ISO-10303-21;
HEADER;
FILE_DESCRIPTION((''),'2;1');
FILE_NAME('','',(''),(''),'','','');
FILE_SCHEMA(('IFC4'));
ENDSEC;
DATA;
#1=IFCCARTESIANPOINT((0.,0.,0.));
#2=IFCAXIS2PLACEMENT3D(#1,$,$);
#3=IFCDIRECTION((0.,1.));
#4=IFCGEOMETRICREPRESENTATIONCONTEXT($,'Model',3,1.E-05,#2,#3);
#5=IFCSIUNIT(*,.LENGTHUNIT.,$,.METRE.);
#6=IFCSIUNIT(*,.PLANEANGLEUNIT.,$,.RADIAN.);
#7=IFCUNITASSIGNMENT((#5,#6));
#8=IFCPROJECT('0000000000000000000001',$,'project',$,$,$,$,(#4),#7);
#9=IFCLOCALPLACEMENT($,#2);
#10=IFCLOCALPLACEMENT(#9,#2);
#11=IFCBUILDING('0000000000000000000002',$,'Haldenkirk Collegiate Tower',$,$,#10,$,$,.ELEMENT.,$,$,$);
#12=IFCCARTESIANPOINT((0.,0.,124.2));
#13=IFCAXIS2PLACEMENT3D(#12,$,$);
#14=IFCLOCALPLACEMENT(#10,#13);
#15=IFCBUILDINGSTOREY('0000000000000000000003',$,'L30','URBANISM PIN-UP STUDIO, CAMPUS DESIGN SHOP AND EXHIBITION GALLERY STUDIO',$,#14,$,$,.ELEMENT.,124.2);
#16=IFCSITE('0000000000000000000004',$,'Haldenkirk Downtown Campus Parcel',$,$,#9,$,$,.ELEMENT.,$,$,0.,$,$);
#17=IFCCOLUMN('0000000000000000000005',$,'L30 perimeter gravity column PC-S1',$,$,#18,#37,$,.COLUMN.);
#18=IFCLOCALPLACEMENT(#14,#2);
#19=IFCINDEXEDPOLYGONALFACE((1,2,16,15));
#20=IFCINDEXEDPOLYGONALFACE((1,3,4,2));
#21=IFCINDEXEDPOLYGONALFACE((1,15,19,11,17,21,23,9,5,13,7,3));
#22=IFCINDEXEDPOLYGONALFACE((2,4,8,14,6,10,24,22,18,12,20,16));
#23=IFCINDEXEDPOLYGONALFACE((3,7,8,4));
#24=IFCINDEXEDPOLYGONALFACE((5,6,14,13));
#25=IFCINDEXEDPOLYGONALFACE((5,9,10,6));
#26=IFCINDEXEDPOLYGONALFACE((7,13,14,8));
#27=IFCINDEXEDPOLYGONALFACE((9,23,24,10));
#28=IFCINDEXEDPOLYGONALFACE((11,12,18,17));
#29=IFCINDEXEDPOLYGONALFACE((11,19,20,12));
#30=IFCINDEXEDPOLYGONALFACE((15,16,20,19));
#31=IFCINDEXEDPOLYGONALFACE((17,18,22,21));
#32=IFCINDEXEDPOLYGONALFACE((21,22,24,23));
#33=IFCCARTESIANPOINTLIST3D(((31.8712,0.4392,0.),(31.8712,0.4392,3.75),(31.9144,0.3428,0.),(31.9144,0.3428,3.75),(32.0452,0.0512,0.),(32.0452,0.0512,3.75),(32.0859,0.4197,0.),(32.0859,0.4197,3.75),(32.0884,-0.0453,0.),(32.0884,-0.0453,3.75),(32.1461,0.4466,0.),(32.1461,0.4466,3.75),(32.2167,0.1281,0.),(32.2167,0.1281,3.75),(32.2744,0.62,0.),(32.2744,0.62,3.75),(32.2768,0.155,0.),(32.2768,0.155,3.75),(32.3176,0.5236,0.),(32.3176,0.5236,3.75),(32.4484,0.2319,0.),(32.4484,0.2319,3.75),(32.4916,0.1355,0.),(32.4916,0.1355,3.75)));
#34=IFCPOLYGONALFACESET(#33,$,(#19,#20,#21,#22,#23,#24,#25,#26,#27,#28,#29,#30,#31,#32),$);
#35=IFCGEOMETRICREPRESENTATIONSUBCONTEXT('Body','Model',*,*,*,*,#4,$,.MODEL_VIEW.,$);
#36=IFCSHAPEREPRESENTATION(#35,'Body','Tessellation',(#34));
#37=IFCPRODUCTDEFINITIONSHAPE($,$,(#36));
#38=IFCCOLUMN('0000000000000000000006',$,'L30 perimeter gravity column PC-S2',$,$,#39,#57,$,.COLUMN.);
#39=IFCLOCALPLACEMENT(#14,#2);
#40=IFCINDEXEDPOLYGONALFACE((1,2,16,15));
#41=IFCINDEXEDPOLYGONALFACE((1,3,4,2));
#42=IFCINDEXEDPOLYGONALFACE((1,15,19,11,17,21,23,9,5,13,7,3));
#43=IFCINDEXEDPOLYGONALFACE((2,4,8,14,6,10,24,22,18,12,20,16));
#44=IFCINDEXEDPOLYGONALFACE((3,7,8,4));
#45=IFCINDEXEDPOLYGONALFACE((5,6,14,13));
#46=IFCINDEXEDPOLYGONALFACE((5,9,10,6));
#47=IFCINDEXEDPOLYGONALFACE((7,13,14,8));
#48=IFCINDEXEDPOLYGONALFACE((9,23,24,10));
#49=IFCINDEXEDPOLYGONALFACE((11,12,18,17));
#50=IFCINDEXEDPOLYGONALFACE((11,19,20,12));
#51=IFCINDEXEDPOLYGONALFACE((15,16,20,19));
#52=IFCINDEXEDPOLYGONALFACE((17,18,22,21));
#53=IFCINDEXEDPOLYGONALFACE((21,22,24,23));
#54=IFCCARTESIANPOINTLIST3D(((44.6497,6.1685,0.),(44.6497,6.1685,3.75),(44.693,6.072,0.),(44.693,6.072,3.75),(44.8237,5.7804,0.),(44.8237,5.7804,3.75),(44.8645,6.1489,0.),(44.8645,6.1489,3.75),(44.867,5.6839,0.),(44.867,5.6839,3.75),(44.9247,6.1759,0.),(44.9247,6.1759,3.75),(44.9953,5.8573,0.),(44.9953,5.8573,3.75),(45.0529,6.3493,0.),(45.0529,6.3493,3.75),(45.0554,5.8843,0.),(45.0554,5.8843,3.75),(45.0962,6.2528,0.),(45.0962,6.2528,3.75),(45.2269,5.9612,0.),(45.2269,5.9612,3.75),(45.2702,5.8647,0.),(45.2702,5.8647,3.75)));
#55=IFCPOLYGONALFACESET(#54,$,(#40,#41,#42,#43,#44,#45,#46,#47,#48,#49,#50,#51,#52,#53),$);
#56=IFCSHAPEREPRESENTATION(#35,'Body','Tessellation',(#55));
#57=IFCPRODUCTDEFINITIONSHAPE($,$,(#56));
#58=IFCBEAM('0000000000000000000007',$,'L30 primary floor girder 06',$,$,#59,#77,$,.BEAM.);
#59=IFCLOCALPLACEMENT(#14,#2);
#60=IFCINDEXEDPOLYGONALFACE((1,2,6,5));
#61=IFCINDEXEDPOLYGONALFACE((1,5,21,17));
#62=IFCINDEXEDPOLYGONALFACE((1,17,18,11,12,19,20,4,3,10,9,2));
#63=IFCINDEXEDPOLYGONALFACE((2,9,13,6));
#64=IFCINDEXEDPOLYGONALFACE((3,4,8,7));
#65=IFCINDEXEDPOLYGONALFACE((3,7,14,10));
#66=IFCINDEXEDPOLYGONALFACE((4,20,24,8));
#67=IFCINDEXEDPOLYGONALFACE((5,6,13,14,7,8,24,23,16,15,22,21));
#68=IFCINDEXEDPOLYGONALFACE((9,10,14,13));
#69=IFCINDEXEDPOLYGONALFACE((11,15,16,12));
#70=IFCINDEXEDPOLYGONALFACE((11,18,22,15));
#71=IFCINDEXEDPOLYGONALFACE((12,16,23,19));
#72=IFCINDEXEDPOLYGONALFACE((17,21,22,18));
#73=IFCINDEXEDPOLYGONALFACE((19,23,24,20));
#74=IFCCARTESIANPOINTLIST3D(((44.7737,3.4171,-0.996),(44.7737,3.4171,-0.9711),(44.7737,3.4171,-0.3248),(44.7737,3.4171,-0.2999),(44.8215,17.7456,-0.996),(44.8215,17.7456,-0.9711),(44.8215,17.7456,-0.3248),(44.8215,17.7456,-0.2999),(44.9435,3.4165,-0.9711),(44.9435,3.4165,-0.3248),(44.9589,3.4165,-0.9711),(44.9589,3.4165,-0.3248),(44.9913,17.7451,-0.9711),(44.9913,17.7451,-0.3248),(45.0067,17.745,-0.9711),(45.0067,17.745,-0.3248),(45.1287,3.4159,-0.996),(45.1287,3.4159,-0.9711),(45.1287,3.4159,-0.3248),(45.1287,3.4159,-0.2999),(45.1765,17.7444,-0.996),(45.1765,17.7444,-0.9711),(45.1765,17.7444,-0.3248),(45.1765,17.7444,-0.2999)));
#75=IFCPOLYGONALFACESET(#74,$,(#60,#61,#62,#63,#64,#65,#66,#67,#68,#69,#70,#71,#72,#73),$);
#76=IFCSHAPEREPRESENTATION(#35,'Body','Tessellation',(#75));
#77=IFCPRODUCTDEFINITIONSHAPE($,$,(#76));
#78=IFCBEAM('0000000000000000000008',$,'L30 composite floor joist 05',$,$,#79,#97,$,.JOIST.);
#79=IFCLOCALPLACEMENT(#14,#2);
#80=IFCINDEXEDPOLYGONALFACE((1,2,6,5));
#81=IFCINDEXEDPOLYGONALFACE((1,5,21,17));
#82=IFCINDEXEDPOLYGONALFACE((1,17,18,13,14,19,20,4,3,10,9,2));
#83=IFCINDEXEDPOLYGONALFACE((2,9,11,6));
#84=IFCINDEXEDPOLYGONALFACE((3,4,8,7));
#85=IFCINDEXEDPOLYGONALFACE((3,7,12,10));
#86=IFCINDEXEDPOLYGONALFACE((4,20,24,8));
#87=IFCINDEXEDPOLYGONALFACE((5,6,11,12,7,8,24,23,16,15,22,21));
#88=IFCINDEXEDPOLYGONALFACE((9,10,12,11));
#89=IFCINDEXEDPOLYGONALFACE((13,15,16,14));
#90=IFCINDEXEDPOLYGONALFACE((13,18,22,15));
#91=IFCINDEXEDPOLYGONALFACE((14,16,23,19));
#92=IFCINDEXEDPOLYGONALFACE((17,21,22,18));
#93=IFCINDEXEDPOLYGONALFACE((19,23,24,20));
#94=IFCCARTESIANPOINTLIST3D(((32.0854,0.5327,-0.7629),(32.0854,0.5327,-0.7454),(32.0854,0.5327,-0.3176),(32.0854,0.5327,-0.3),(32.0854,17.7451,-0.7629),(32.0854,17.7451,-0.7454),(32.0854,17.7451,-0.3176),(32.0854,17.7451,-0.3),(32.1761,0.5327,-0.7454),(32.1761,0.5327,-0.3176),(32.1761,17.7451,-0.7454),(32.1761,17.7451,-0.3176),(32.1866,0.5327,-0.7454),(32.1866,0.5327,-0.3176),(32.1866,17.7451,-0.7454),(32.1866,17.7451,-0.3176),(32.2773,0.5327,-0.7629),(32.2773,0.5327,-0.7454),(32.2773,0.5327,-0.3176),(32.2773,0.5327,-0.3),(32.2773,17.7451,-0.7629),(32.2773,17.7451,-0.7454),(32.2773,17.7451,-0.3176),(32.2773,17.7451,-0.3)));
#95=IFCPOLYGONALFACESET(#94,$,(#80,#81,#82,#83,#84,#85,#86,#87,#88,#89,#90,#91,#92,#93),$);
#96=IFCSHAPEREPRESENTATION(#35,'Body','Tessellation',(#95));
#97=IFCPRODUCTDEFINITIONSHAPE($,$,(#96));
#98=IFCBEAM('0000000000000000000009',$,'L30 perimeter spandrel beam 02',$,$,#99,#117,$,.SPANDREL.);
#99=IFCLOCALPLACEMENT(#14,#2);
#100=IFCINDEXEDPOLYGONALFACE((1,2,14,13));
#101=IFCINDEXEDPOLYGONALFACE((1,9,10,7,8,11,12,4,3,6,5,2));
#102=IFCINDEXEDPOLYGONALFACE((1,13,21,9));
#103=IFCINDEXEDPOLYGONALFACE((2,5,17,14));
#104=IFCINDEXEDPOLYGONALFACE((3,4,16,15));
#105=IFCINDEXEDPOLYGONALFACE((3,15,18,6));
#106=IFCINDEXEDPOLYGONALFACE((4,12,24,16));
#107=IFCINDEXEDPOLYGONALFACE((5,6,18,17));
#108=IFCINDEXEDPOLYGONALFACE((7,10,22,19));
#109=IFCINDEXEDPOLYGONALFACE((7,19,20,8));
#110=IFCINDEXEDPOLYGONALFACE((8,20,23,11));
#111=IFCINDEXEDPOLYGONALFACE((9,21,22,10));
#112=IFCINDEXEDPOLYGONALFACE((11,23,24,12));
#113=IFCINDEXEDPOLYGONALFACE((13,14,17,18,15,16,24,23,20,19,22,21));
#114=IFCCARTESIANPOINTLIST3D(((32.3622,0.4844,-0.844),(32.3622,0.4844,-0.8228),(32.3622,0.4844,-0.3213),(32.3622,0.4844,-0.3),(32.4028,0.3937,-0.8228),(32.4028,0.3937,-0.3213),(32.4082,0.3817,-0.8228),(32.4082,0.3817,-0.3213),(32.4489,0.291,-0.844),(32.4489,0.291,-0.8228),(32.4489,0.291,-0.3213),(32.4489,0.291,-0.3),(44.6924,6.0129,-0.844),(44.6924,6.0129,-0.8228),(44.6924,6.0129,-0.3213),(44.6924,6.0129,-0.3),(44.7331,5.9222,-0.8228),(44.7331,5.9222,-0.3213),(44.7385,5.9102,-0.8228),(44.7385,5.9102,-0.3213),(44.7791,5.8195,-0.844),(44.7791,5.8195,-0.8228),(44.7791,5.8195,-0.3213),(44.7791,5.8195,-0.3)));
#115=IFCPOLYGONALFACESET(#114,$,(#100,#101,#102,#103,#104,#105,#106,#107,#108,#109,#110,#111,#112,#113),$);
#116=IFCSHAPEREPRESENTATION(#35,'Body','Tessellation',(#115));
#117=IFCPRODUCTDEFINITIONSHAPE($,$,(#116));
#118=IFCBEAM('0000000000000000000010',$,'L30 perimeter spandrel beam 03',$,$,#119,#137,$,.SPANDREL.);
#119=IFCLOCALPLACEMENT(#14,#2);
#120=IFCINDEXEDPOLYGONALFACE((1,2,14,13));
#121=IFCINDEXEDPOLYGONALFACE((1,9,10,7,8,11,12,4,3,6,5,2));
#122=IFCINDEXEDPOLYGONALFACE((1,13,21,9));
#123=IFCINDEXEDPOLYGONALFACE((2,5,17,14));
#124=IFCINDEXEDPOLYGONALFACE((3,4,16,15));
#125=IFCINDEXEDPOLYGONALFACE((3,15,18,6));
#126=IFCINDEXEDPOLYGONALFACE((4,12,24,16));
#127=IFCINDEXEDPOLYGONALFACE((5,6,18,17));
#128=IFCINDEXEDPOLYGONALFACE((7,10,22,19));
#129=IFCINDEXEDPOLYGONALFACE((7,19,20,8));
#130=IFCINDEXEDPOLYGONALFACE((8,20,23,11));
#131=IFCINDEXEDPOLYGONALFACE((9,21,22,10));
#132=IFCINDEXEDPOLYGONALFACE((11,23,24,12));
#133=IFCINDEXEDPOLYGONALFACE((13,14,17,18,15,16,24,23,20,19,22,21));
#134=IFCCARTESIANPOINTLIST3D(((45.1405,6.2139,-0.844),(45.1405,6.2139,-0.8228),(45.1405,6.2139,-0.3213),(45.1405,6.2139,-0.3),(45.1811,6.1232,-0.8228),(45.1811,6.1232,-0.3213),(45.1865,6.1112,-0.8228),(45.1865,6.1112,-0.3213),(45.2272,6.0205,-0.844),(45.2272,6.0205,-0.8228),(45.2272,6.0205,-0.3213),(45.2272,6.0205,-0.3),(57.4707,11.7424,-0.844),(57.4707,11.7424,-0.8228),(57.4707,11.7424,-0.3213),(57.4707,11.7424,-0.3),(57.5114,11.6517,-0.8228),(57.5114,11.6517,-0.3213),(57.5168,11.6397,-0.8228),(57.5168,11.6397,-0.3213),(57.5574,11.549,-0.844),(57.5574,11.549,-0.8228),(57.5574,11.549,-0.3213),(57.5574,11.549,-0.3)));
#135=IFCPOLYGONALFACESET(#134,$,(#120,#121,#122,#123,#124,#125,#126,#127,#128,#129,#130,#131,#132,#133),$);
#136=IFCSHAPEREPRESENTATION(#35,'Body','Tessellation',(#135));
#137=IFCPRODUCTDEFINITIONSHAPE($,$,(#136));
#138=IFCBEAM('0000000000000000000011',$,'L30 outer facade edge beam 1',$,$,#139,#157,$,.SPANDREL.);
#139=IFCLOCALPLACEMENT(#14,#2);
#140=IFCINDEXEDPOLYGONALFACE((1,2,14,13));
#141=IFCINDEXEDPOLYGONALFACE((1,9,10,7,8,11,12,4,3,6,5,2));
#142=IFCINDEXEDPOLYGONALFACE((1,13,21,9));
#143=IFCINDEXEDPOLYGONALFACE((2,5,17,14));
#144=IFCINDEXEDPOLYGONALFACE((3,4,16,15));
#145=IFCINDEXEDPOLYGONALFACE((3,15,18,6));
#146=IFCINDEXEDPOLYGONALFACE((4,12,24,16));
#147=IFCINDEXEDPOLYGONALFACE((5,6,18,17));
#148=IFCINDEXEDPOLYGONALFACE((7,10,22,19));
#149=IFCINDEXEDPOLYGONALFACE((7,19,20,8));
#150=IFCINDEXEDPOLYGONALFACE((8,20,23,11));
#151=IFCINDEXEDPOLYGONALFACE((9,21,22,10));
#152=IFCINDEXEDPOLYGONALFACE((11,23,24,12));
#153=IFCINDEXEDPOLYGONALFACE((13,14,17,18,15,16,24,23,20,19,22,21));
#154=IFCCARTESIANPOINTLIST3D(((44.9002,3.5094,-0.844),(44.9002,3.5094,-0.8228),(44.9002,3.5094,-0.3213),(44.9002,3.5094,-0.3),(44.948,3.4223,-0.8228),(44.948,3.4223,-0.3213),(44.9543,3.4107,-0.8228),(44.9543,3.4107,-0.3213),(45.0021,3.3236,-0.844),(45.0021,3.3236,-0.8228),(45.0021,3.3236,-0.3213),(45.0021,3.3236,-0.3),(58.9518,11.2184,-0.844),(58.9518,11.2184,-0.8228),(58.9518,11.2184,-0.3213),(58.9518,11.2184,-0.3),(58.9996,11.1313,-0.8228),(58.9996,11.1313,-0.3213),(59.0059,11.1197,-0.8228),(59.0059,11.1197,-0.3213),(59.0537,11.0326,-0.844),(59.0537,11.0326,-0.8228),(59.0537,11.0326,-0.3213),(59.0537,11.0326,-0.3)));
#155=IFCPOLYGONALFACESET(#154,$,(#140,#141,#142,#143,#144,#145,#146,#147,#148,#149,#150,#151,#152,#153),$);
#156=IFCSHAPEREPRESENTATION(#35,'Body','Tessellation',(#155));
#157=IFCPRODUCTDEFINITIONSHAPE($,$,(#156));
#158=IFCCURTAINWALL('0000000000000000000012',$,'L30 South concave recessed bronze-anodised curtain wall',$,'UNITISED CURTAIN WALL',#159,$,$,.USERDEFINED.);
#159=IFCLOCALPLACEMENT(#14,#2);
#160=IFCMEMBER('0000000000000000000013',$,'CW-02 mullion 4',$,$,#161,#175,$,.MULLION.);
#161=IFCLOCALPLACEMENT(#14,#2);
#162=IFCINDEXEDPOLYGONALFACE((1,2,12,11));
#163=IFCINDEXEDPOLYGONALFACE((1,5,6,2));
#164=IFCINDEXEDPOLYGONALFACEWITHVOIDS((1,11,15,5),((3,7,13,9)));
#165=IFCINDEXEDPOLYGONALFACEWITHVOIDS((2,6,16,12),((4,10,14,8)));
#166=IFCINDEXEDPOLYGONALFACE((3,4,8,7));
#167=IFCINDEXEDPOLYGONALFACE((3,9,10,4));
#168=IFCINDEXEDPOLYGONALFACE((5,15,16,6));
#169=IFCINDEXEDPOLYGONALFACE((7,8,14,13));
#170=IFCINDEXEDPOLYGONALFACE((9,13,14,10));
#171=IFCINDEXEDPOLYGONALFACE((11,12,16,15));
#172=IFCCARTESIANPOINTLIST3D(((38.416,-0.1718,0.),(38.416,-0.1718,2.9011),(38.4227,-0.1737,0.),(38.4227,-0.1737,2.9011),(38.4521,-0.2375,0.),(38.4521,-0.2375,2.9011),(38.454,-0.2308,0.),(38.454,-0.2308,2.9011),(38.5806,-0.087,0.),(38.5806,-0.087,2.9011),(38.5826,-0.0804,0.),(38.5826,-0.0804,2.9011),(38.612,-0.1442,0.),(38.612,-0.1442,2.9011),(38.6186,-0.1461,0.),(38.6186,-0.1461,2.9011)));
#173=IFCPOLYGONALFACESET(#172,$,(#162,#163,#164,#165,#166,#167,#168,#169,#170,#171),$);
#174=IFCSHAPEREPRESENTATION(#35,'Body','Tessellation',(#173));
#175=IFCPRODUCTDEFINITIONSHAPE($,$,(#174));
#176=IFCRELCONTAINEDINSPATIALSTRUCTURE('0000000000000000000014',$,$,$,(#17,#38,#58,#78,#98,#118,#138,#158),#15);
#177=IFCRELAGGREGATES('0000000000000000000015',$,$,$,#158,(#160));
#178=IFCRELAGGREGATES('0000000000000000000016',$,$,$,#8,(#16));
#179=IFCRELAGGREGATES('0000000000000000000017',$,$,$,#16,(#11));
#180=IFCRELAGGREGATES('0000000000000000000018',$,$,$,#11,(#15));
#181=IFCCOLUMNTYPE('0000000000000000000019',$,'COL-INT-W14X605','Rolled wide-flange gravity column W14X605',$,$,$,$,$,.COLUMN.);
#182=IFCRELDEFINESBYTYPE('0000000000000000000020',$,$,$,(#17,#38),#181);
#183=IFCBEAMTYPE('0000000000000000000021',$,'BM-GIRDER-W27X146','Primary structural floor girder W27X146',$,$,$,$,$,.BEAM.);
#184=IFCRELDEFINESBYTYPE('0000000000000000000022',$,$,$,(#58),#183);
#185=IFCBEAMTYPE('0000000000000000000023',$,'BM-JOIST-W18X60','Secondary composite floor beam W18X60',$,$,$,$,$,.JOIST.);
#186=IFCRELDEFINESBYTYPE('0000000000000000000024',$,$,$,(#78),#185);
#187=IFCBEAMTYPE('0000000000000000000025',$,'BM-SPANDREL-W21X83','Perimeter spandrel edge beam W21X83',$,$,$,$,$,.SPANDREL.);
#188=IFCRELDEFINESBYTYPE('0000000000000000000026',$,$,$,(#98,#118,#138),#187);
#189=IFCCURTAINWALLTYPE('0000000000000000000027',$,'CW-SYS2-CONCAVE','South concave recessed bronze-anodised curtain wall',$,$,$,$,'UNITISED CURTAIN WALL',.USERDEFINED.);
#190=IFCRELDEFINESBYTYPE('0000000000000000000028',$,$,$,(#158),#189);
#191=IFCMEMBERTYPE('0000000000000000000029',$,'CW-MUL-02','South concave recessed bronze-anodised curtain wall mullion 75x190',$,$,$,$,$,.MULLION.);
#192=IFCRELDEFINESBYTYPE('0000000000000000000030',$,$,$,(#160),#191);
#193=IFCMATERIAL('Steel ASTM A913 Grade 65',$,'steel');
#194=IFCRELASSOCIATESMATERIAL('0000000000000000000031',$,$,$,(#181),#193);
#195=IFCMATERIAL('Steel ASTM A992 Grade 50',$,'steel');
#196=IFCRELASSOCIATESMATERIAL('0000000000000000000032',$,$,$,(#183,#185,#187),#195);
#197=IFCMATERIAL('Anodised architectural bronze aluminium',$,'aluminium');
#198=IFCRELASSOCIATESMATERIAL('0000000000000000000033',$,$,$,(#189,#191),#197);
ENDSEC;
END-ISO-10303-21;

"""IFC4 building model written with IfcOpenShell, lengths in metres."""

from ifc_helpers import new_model, si_unit, direction, frame, origin, origin_2d, place, context, subcontext, project, spatial, hollow_rectangle, i_section, extrude, material, material_profile, profile_set, type_object, element, aggregate, save


model = new_model("IFC4")

# Units and contexts
model_context = context("Model", 3, precision=1e-05, world=origin(), true_north=direction((0.0, 1.0)))
body_context = subcontext(model_context, "Body", "Model", "MODEL_VIEW")
ifc_project = project(units=[si_unit("LENGTHUNIT", "METRE"), si_unit("PLANEANGLEUNIT", "RADIAN")], contexts=[model_context])

# Site, building, storey
site_placement = place(None, origin())
site = spatial("IfcSite", under=ifc_project, at=site_placement, Name="Haldenkirk Downtown Campus Parcel", CompositionType="ELEMENT", RefElevation=0.0)
building_placement = place(site_placement, origin())
building = spatial("IfcBuilding", under=site, at=building_placement, Name="Haldenkirk Collegiate Tower", CompositionType="ELEMENT")
storey_placement = place(building_placement, frame((0.0, 0.0, 124.2)))
storey = spatial("IfcBuildingStorey", under=building, at=storey_placement, Name="L30", Description="URBANISM PIN-UP STUDIO, CAMPUS DESIGN SHOP AND EXHIBITION GALLERY STUDIO", CompositionType="ELEMENT", Elevation=124.2)

# Columns
ifc_material_1 = material(Name="Steel ASTM A913 Grade 65", Category="steel")
ifc_material_profile_1 = material_profile(ifc_material_1, i_section(OverallWidth=0.4419, OverallDepth=0.531, WebThickness=0.0659, FlangeThickness=0.1057, at=origin_2d()), Name="W14X605")
ifc_profile_set_1 = profile_set([ifc_material_profile_1], Name="Steel ASTM A913 Grade 65")
column_type = type_object("IfcColumnType", Name="COL-INT-W14X605", Description="Rolled wide-flange gravity column W14X605", PredefinedType="COLUMN", material=ifc_profile_set_1)
for number, where, z_axis, x_axis, name in (
    (1, (32.1814, 0.2874, 0.0), (0.0, 0.0, 1.0), (0.912477, 0.409127, 0.0), "L30 perimeter gravity column PC-S1"),
    (2, (44.96, 6.0166, 0.0), (0.0, 0.0, 1.0), (0.912477, 0.409127, 0.0), "L30 perimeter gravity column PC-S2"),
):
    element("IfcColumn", number, at=place(storey_placement, frame(where, z_axis=z_axis, x_axis=x_axis)), inside=storey, type_object=column_type, Name=name, PredefinedType="COLUMN", context=body_context, shape_type="SweptSolid", body=[
        extrude(i_section(OverallWidth=0.4419, OverallDepth=0.531, WebThickness=0.0659, FlangeThickness=0.1057, at=origin_2d()), origin(), (0.0, 0.0, 1.0), 3.75),
    ])

# Beams
ifc_material_2 = material(Name="Steel ASTM A992 Grade 50", Category="steel")
ifc_material_profile_2 = material_profile(ifc_material_2, i_section(OverallWidth=0.355, OverallDepth=0.696, WebThickness=0.0154, FlangeThickness=0.0249, at=origin_2d()), Name="W27X146")
ifc_profile_set_2 = profile_set([ifc_material_profile_2], Name="Steel ASTM A992 Grade 50")
beam_type_1 = type_object("IfcBeamType", Name="BM-GIRDER-W27X146", Description="Primary structural floor girder W27X146", PredefinedType="BEAM", material=ifc_profile_set_2)
beam_1_placement = place(storey_placement, frame((44.9512, 3.4165, -0.6479), z_axis=(0.00334, 0.999994, 0.0), x_axis=(-0.999994, 0.00334, 0.0)))
element("IfcBeam", 3, at=beam_1_placement, inside=storey, type_object=beam_type_1, Name="L30 primary floor girder 06", PredefinedType="BEAM", context=body_context, shape_type="SweptSolid", body=[
    extrude(i_section(OverallWidth=0.355, OverallDepth=0.696, WebThickness=0.0154, FlangeThickness=0.0249, at=origin_2d()), origin(), (0.0, 0.0, 1.0), 14.3286),
])
ifc_material_profile_3 = material_profile(ifc_material_2, i_section(OverallWidth=0.1919, OverallDepth=0.4629, WebThickness=0.0105, FlangeThickness=0.0176, at=origin_2d()), Name="W18X60")
ifc_profile_set_3 = profile_set([ifc_material_profile_3], Name="Steel ASTM A992 Grade 50")
beam_type_2 = type_object("IfcBeamType", Name="BM-JOIST-W18X60", Description="Secondary composite floor beam W18X60", PredefinedType="JOIST", material=ifc_profile_set_3)
beam_2_placement = place(storey_placement, frame((32.1814, 0.5327, -0.5315), z_axis=(0.0, 1.0, 0.0), x_axis=(-1.0, 0.0, 0.0)))
element("IfcBeam", 4, at=beam_2_placement, inside=storey, type_object=beam_type_2, Name="L30 composite floor joist 05", PredefinedType="JOIST", context=body_context, shape_type="SweptSolid", body=[
    extrude(i_section(OverallWidth=0.1919, OverallDepth=0.4629, WebThickness=0.0105, FlangeThickness=0.0176, at=origin_2d()), origin(), (0.0, 0.0, 1.0), 17.2124),
])
ifc_material_profile_4 = material_profile(ifc_material_2, i_section(OverallWidth=0.2119, OverallDepth=0.5439, WebThickness=0.0132, FlangeThickness=0.0212, at=origin_2d()), Name="W21X83")
ifc_profile_set_4 = profile_set([ifc_material_profile_4], Name="Steel ASTM A992 Grade 50")
beam_type_3 = type_object("IfcBeamType", Name="BM-SPANDREL-W21X83", Description="Perimeter spandrel edge beam W21X83", PredefinedType="SPANDREL", material=ifc_profile_set_4)
for number, where, z_axis, x_axis, name in (
    (5, (32.4055, 0.3877, -0.572), (0.912477, 0.409129, 0.0), (-0.409129, 0.912477, 0.0), "L30 perimeter spandrel beam 02"),
    (6, (45.1838, 6.1172, -0.572), (0.912477, 0.409129, 0.0), (-0.409129, 0.912477, 0.0), "L30 perimeter spandrel beam 03"),
):
    element("IfcBeam", number, at=place(storey_placement, frame(where, z_axis=z_axis, x_axis=x_axis)), inside=storey, type_object=beam_type_3, Name=name, PredefinedType="SPANDREL", context=body_context, shape_type="SweptSolid", body=[
        extrude(i_section(OverallWidth=0.2119, OverallDepth=0.5439, WebThickness=0.0132, FlangeThickness=0.0212, at=origin_2d()), origin(), (0.0, 0.0, 1.0), 13.5129),
    ])
beam_3_placement = place(storey_placement, frame((44.9512, 3.4165, -0.572), z_axis=(0.876725, 0.480992, 0.0), x_axis=(-0.480992, 0.876725, 0.0)))
element("IfcBeam", 7, at=beam_3_placement, inside=storey, type_object=beam_type_3, Name="L30 outer facade edge beam 1", PredefinedType="SPANDREL", context=body_context, shape_type="SweptSolid", body=[
    extrude(i_section(OverallWidth=0.2119, OverallDepth=0.5439, WebThickness=0.0132, FlangeThickness=0.0212, at=origin_2d()), origin(), (0.0, 0.0, 1.0), 16.0273),
])

# Curtain wall, member
ifc_material_3 = material(Name="Anodised architectural bronze aluminium", Category="aluminium")
curtain_wall_type = type_object("IfcCurtainWallType", Name="CW-SYS2-CONCAVE", Description="South concave recessed bronze-anodised curtain wall", ElementType="UNITISED CURTAIN WALL", PredefinedType="USERDEFINED", material=ifc_material_3)
curtain_wall_placement = place(storey_placement, origin())
curtain_wall = element("IfcCurtainWall", 8, at=curtain_wall_placement, inside=storey, type_object=curtain_wall_type, Name="L30 South concave recessed bronze-anodised curtain wall", ObjectType="UNITISED CURTAIN WALL", PredefinedType="USERDEFINED")
ifc_material_profile_5 = material_profile(ifc_material_3, hollow_rectangle(XDim=0.075, YDim=0.1899, WallThickness=0.0049, at=origin_2d()), Name="CW-MUL-02")
ifc_profile_set_5 = profile_set([ifc_material_profile_5], Name="Anodised architectural bronze aluminium")
member_type_1 = type_object("IfcMemberType", Name="CW-MUL-02", Description="South concave recessed bronze-anodised curtain wall mullion 75x190", PredefinedType="MULLION", material=ifc_profile_set_5)
member_1_placement = place(storey_placement, frame((38.5173, -0.1589, 0.0), z_axis=(0.0, 0.0, 1.0), x_axis=(0.480989, -0.876727, 0.0)))
member_1 = element("IfcMember", 9, at=member_1_placement, type_object=member_type_1, Name="CW-02 mullion 4", PredefinedType="MULLION", context=body_context, shape_type="SweptSolid", body=[
    extrude(hollow_rectangle(XDim=0.075, YDim=0.1899, WallThickness=0.0049, at=origin_2d()), origin(), (0.0, 0.0, 1.0), 2.9011),
])
aggregate(curtain_wall, [member_1])

save(model, "model.ifc")
